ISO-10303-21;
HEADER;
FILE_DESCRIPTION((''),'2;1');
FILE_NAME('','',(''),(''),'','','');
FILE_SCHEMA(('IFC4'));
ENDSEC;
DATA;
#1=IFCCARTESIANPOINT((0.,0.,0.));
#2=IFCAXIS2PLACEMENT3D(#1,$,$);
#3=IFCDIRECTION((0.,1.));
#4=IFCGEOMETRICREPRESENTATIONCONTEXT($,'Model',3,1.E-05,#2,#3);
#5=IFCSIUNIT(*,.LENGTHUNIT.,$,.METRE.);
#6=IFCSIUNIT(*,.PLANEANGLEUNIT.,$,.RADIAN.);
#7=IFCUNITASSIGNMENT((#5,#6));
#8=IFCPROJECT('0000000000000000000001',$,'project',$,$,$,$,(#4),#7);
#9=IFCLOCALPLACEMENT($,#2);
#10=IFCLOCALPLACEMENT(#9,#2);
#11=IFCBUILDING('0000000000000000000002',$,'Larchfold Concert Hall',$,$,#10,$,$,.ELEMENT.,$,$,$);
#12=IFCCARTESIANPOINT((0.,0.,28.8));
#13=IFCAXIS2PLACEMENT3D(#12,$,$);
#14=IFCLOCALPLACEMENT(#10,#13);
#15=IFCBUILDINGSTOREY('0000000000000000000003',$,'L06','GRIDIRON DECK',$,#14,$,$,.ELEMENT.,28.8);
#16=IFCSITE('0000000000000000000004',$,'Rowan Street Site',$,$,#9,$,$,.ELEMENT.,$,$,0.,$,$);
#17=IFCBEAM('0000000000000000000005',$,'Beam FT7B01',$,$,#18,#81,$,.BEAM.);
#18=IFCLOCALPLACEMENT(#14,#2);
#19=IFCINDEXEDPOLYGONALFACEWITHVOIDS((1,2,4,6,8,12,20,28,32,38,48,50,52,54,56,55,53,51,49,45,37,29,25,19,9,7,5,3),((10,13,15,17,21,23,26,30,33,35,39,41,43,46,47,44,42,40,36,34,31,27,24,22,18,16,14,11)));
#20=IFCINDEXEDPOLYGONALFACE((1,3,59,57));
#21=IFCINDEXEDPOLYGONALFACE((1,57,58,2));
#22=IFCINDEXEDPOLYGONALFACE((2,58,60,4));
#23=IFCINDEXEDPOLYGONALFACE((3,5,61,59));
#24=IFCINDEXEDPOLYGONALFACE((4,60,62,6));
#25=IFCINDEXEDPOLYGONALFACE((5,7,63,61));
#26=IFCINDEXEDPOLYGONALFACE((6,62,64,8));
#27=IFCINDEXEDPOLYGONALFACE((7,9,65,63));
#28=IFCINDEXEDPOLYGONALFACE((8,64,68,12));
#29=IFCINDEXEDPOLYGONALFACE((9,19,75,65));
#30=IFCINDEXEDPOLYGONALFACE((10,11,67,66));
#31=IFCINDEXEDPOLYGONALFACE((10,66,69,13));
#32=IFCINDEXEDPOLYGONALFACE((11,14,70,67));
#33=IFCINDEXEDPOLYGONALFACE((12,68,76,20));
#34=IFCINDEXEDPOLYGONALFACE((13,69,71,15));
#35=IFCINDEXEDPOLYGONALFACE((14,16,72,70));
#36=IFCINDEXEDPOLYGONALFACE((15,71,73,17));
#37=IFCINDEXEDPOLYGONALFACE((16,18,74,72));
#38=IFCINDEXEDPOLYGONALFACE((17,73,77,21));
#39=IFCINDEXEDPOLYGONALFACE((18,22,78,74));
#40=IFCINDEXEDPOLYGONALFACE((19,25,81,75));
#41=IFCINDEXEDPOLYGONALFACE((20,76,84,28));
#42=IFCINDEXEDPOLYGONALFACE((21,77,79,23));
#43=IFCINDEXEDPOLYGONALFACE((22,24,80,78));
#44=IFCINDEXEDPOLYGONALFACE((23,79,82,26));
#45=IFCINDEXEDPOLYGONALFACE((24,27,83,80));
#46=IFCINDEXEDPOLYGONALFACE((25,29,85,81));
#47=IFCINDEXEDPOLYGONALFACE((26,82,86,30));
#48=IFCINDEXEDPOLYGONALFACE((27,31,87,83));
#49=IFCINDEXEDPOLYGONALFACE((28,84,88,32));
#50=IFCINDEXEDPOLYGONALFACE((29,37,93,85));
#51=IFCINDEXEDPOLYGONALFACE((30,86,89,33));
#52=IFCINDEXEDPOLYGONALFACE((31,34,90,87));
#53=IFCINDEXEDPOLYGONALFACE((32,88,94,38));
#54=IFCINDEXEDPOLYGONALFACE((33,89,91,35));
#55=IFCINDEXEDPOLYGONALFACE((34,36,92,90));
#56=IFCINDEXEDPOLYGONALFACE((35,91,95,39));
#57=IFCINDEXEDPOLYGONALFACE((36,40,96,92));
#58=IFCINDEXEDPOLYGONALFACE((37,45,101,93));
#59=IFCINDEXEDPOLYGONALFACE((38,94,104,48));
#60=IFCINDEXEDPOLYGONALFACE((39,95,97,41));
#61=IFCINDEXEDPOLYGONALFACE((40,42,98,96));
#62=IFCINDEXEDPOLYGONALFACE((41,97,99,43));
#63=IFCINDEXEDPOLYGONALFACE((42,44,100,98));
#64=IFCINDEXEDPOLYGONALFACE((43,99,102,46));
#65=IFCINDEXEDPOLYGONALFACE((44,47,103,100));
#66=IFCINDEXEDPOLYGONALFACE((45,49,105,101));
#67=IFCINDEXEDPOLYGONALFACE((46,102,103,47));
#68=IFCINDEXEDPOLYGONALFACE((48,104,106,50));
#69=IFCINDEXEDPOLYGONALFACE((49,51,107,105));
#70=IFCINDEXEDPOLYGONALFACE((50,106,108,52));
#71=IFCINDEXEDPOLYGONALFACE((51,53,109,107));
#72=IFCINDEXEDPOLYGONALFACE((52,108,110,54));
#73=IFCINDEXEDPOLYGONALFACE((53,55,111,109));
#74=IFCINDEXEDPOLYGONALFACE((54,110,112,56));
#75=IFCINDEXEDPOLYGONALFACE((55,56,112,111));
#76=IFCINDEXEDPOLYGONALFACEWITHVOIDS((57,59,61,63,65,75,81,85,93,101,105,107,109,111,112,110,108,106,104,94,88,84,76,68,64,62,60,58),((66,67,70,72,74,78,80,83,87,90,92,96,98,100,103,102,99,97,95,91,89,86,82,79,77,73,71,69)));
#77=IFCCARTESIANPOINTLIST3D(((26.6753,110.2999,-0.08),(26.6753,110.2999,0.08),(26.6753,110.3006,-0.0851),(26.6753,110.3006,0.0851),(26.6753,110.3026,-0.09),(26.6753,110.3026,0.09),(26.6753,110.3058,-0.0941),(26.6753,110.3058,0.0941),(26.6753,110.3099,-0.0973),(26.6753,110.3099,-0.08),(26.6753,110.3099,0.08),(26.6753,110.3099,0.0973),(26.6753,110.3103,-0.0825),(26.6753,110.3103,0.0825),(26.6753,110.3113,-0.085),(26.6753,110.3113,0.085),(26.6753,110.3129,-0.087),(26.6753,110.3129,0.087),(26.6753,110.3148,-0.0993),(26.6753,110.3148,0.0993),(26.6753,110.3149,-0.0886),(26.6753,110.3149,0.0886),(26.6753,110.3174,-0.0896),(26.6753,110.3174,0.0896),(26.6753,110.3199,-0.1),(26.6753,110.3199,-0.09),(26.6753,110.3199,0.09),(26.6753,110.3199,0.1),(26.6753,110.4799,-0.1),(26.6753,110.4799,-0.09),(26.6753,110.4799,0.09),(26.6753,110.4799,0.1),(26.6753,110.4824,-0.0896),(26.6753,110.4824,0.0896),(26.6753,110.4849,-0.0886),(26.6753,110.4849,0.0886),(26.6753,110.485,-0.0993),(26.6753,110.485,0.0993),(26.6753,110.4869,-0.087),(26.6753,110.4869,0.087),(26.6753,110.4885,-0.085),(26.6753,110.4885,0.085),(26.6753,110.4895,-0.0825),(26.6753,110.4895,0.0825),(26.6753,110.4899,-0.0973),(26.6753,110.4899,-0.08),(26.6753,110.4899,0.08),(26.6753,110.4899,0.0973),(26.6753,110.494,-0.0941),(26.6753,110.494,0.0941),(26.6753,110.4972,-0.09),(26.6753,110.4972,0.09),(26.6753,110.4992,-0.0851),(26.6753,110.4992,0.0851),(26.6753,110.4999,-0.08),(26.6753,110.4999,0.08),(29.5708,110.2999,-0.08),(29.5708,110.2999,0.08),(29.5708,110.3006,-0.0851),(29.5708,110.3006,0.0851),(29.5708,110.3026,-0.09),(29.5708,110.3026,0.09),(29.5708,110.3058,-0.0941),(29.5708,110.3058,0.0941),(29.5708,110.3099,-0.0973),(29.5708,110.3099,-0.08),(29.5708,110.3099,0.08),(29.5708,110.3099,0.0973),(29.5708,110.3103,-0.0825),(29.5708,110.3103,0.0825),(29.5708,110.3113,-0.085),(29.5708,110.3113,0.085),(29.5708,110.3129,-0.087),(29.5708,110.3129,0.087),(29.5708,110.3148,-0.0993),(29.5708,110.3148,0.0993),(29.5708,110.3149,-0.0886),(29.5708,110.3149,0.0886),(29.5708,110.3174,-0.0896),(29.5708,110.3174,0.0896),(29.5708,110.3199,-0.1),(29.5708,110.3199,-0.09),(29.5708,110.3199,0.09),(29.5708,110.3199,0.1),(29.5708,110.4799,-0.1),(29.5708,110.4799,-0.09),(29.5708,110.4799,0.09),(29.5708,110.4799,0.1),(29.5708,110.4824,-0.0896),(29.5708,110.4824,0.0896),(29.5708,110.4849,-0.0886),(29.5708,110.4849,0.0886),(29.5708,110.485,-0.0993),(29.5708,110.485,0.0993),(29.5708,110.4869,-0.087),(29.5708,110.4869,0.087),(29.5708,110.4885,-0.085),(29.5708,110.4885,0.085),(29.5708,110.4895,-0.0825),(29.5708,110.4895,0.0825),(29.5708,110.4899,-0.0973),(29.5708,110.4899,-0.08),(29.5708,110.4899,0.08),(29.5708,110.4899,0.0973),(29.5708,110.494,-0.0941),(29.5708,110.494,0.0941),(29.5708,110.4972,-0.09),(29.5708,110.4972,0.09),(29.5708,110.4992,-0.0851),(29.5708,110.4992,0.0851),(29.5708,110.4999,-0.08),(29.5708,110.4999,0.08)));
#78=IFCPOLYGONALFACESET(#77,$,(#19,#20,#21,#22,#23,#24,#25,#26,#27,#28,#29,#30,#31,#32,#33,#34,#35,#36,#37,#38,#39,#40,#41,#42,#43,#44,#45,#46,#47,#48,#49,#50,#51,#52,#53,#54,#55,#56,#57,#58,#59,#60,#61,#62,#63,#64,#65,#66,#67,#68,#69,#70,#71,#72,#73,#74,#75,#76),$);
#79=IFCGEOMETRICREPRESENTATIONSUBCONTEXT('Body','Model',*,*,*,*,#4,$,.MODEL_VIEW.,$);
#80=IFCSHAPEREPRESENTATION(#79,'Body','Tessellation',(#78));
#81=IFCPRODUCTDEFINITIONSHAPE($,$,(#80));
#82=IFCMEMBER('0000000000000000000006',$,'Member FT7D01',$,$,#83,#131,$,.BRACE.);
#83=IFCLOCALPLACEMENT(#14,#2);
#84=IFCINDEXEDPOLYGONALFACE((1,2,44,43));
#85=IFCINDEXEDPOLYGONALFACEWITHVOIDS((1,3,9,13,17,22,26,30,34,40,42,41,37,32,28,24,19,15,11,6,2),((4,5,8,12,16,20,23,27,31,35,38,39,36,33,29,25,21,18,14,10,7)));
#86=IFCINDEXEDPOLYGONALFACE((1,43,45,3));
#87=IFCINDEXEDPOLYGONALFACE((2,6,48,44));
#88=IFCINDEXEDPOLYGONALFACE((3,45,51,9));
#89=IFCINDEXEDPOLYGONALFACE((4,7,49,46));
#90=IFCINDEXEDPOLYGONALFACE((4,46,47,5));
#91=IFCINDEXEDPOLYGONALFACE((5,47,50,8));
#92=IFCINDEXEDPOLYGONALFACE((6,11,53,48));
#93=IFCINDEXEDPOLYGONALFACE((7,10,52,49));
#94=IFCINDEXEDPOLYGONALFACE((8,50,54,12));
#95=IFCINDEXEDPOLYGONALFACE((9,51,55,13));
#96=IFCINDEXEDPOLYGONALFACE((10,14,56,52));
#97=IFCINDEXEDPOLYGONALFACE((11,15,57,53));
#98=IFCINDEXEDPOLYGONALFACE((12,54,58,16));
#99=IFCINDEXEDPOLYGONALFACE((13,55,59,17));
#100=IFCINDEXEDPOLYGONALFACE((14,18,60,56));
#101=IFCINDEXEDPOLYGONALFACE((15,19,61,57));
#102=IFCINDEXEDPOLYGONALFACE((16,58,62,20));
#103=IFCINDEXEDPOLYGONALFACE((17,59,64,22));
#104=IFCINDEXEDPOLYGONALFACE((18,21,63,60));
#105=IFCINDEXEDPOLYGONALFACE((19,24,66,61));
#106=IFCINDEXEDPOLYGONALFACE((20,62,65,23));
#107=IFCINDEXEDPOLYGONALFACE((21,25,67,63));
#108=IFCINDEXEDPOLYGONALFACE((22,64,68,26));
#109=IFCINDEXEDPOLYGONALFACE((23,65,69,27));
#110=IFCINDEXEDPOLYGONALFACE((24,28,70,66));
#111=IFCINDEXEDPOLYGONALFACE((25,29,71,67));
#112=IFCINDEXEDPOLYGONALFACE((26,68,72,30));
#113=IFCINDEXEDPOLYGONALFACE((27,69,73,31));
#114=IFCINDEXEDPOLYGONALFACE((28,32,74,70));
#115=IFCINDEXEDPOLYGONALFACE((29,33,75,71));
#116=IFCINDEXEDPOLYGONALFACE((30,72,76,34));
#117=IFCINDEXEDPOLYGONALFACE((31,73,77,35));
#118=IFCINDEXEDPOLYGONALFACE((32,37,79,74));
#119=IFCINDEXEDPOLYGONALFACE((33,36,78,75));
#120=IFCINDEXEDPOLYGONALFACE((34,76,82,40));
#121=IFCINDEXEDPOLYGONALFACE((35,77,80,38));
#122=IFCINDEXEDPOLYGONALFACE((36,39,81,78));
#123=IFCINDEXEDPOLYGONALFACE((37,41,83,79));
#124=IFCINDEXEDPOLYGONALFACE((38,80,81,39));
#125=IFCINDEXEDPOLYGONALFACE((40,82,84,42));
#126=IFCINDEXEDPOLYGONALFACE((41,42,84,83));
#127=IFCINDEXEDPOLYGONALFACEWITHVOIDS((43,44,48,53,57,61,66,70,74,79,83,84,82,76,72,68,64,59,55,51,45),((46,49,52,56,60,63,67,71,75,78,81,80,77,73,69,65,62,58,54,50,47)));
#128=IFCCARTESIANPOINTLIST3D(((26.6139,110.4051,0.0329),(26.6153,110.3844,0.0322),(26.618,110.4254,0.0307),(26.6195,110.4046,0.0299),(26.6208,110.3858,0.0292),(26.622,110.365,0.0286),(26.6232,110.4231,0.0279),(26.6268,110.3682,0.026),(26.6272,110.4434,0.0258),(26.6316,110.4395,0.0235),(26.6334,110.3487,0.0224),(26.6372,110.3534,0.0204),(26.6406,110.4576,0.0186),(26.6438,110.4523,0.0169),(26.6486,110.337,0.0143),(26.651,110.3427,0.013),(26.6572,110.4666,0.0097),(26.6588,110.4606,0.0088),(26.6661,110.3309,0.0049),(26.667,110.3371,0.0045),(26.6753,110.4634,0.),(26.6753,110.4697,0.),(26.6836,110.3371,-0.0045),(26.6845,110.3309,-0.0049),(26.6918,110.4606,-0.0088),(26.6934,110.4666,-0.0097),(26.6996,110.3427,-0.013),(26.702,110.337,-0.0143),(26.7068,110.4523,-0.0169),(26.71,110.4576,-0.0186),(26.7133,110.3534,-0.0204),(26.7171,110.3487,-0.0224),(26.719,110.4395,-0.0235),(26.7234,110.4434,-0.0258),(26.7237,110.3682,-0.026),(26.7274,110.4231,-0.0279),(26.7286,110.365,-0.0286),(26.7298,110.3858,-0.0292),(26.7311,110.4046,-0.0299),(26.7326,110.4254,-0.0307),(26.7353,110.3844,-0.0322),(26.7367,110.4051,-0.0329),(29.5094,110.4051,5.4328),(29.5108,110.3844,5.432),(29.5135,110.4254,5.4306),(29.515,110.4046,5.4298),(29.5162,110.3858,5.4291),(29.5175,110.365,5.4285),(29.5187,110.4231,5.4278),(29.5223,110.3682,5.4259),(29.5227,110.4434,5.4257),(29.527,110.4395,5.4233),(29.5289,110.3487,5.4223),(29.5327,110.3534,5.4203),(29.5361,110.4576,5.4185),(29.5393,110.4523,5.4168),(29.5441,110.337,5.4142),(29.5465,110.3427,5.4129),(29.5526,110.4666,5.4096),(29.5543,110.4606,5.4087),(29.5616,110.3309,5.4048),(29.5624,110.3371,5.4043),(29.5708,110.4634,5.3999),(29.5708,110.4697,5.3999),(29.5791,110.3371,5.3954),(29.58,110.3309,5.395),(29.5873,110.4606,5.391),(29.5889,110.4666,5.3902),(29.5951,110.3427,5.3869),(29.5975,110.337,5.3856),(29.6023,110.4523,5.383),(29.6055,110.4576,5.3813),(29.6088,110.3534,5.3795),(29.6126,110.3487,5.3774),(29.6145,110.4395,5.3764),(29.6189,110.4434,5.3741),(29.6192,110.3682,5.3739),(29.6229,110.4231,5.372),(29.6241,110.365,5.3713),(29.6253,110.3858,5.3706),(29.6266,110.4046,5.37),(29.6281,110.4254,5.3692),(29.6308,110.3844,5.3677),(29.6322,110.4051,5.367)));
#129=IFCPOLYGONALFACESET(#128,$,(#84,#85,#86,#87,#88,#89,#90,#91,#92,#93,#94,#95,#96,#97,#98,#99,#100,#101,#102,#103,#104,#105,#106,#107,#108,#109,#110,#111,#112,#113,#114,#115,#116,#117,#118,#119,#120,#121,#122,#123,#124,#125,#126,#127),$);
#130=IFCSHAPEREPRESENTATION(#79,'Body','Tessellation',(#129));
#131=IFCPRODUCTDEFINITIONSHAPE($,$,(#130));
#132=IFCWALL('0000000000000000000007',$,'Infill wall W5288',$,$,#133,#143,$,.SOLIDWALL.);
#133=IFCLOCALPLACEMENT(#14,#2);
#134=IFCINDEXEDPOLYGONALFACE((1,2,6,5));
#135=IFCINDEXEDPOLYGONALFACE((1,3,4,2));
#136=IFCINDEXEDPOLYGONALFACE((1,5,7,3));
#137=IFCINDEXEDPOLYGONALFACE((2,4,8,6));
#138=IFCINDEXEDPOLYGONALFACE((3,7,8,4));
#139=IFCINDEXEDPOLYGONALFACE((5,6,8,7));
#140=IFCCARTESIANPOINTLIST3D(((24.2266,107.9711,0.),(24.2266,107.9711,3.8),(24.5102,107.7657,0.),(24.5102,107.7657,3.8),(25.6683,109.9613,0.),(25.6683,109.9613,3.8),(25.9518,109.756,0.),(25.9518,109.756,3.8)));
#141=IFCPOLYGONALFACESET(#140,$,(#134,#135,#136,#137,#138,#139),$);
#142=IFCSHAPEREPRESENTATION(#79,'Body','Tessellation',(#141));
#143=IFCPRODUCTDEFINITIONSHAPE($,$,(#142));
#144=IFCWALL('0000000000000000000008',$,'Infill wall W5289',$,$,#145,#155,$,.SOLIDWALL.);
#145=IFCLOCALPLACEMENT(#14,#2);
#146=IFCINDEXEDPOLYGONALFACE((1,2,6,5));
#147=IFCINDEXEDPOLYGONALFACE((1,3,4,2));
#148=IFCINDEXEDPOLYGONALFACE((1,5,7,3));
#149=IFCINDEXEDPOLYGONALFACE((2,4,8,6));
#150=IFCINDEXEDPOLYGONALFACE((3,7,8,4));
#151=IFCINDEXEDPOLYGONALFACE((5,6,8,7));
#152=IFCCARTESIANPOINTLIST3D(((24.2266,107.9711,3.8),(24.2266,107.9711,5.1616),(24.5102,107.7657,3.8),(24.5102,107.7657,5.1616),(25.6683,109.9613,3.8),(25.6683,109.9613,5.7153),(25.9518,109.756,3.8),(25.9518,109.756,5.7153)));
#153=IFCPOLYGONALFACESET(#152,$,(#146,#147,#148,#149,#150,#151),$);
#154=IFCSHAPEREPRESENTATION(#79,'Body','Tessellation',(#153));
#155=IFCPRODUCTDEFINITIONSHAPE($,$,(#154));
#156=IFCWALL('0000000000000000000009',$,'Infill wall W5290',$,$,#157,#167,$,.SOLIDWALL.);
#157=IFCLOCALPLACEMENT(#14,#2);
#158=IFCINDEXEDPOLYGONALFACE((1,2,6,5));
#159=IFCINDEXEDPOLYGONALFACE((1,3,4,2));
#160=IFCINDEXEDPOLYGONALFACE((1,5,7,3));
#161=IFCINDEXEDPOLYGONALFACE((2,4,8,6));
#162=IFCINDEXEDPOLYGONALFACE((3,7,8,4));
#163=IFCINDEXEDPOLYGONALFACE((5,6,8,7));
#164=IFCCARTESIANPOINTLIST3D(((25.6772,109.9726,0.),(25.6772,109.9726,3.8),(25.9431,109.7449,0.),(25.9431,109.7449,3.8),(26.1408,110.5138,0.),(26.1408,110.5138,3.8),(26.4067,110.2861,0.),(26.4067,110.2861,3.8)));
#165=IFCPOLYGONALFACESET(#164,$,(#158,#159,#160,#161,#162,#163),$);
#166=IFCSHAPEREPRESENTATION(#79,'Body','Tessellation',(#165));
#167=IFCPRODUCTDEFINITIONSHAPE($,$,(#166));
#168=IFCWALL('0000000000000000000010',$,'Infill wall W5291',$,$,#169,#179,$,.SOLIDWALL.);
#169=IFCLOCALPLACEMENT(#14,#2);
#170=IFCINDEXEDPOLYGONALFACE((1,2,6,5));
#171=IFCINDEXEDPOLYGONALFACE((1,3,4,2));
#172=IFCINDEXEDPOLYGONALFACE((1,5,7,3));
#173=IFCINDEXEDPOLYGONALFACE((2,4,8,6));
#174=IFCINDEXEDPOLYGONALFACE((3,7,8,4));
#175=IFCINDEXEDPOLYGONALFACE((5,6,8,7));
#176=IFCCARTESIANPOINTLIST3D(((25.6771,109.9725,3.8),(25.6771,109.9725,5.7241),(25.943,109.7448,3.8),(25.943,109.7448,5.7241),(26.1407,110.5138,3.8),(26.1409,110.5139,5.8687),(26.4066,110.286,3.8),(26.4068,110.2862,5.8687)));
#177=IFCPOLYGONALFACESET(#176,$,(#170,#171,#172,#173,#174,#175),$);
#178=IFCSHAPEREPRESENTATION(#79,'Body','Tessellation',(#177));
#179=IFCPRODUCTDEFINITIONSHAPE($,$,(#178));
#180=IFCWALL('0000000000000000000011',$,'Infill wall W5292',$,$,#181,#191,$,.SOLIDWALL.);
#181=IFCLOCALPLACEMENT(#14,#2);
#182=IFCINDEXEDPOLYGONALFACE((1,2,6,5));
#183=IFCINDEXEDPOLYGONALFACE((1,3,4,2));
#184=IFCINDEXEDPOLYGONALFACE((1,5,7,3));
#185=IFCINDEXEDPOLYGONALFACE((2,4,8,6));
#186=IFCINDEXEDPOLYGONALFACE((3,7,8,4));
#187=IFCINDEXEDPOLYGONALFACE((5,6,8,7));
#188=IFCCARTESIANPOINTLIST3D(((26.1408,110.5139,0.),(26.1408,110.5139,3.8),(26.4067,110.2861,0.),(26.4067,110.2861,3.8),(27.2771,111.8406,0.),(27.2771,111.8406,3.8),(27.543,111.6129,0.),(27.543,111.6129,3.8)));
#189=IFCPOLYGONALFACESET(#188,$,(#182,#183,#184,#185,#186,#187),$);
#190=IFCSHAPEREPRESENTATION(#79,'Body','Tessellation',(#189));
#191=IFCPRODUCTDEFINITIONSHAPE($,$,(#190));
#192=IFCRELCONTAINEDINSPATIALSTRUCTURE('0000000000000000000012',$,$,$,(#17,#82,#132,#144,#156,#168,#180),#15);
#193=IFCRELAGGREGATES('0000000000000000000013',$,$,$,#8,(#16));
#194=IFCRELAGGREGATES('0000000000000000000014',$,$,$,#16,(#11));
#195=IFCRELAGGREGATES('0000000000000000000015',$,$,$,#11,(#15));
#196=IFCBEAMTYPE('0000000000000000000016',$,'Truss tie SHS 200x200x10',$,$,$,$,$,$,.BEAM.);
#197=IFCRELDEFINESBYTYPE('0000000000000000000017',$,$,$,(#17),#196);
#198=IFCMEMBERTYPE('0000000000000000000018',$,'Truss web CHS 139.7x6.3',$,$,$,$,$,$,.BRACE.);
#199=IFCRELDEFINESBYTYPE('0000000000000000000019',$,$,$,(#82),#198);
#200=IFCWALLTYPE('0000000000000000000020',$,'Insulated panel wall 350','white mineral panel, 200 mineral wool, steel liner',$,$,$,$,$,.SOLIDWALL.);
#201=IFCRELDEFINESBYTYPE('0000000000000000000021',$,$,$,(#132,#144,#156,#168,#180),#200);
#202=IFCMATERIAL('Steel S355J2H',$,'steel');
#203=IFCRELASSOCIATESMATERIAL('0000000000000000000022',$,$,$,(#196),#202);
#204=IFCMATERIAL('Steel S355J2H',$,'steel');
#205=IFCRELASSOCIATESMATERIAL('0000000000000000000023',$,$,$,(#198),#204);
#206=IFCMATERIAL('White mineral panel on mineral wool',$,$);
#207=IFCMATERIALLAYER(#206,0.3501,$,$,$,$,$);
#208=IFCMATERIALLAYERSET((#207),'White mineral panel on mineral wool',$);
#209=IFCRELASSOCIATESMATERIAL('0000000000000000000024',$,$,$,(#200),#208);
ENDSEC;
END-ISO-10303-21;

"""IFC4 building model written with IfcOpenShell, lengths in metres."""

from ifc_helpers import new_model, si_unit, direction, frame, frame_2d, origin, origin_2d, place, context, subcontext, project, spatial, polyline, rectangle, hollow_rectangle, hollow_circle, outline, extrude, material, layer, layer_set, material_profile, profile_set, type_object, element, save


model = new_model("IFC4")

# Units and contexts
model_context = context("Model", 3, precision=1e-05, world=origin(), true_north=direction((0.0, 1.0)))
body_context = subcontext(model_context, "Body", "Model", "MODEL_VIEW")
ifc_project = project(units=[si_unit("LENGTHUNIT", "METRE"), si_unit("PLANEANGLEUNIT", "RADIAN")], contexts=[model_context])

# Site, building, storey
site_placement = place(None, origin())
site = spatial("IfcSite", under=ifc_project, at=site_placement, Name="Rowan Street Site", CompositionType="ELEMENT", RefElevation=0.0)
building_placement = place(site_placement, origin())
building = spatial("IfcBuilding", under=site, at=building_placement, Name="Larchfold Concert Hall", CompositionType="ELEMENT")
storey_placement = place(building_placement, frame((0.0, 0.0, 28.8)))
storey = spatial("IfcBuildingStorey", under=building, at=storey_placement, Name="L06", Description="GRIDIRON DECK", CompositionType="ELEMENT", Elevation=28.8)

# Beam
ifc_material_1 = material(Name="Steel S355J2H", Category="steel")
ifc_material_profile_1 = material_profile(ifc_material_1, hollow_rectangle(XDim=0.2, YDim=0.2, WallThickness=0.01, InnerFilletRadius=0.01, OuterFilletRadius=0.02, at=origin_2d()))
ifc_profile_set_1 = profile_set([ifc_material_profile_1], Name="Steel S355J2H")
beam_type_1 = type_object("IfcBeamType", Name="Truss tie SHS 200x200x10", PredefinedType="BEAM", material=ifc_profile_set_1)
beam_1_placement = place(storey_placement, frame((26.6753, 110.3999, 0.0), z_axis=(1.0, 0.0, 0.0), x_axis=(0.0, 1.0, 0.0)))
element("IfcBeam", 1, at=beam_1_placement, inside=storey, type_object=beam_type_1, Name="Beam FT7B01", PredefinedType="BEAM", context=body_context, shape_type="SweptSolid", body=[
    extrude(hollow_rectangle(XDim=0.2, YDim=0.2, WallThickness=0.01, InnerFilletRadius=0.01, OuterFilletRadius=0.02, at=origin_2d()), origin(), (0.0, 0.0, 1.0), 2.8955),
])

# Member
ifc_material_2 = material(Name="Steel S355J2H", Category="steel")
ifc_material_profile_2 = material_profile(ifc_material_2, hollow_circle(Radius=0.0698, WallThickness=0.0063, at=origin_2d()))
ifc_profile_set_2 = profile_set([ifc_material_profile_2], Name="Steel S355J2H")
member_type_1 = type_object("IfcMemberType", Name="Truss web CHS 139.7x6.3", PredefinedType="BRACE", material=ifc_profile_set_2)
member_1_placement = place(storey_placement, frame((26.6753, 110.3999, 0.0), z_axis=(0.472564, 0.0, 0.881296), x_axis=(0.0, 1.0, 0.0)))
element("IfcMember", 2, at=member_1_placement, inside=storey, type_object=member_type_1, Name="Member FT7D01", PredefinedType="BRACE", context=body_context, shape_type="SweptSolid", body=[
    extrude(hollow_circle(Radius=0.0698, WallThickness=0.0063, at=origin_2d()), origin(), (0.0, 0.0, 1.0), 6.1272),
])

# Walls
ifc_material_3 = material(Name="White mineral panel on mineral wool")
ifc_layer_1 = layer(ifc_material_3, 0.3501)
ifc_layer_set_1 = layer_set([ifc_layer_1], Name="White mineral panel on mineral wool")
wall_type = type_object("IfcWallType", Name="Insulated panel wall 350", Description="white mineral panel, 200 mineral wool, steel liner", PredefinedType="SOLIDWALL", material=ifc_layer_set_1)
wall_1_placement = place(storey_placement, frame((24.3684, 107.8684, 0.0), z_axis=(0.0, 0.0, 1.0), x_axis=(0.586629, 0.809856, 0.0)))
element("IfcWall", 3, at=wall_1_placement, inside=storey, type_object=wall_type, Name="Infill wall W5288", PredefinedType="SOLIDWALL", context=body_context, shape_type="SweptSolid", body=[
    extrude(rectangle(XDim=2.4575, YDim=0.3501, at=frame_2d((1.2288, 0.0))), origin(), (0.0, 0.0, 1.0), 3.8),
])
wall_2_placement = place(storey_placement, frame((24.3684, 107.8684, 3.8), z_axis=(0.0, 0.0, 1.0), x_axis=(0.586629, 0.809856, 0.0)))
element("IfcWall", 4, at=wall_2_placement, inside=storey, type_object=wall_type, Name="Infill wall W5289", PredefinedType="SOLIDWALL", context=body_context, shape_type="SweptSolid", body=[
    extrude(outline(polyline([(0.0, 0.0), (2.4575, 0.0), (2.4575, 1.9153), (0.0, 1.3616), (0.0, 0.0)])), frame((0.0, 0.175, 0.0), z_axis=(0.0, -1.0, 0.0), x_axis=(1.0, 0.0, 0.0)), (0.0, 0.0, 1.0), 0.3501),
])
wall_3_placement = place(storey_placement, frame((25.8101, 109.8586, 0.0), z_axis=(0.0, 0.0, 1.0), x_axis=(0.650537, 0.759474, 0.0)))
element("IfcWall", 5, at=wall_3_placement, inside=storey, type_object=wall_type, Name="Infill wall W5290", PredefinedType="SOLIDWALL", context=body_context, shape_type="SweptSolid", body=[
    extrude(rectangle(XDim=0.7126, YDim=0.3501, at=frame_2d((0.3564, 0.0))), origin(), (0.0, 0.0, 1.0), 3.8),
])
wall_4_placement = place(storey_placement, frame((25.8101, 109.8586, 3.8), z_axis=(0.0, 0.0, 1.0), x_axis=(0.650537, 0.759474, 0.0)))
element("IfcWall", 6, at=wall_4_placement, inside=storey, type_object=wall_type, Name="Infill wall W5291", PredefinedType="SOLIDWALL", context=body_context, shape_type="SweptSolid", body=[
    extrude(outline(polyline([(0.0, 0.0), (0.7126, 0.0), (0.7129, 2.0686), (0.0, 1.9241), (0.0, 0.0)])), frame((0.0, 0.175, 0.0), z_axis=(0.0, -1.0, 0.0), x_axis=(1.0, 0.0, 0.0)), (0.0, 0.0, 1.0), 0.3501),
])
wall_5_placement = place(storey_placement, frame((26.2737, 110.3999, 0.0), z_axis=(0.0, 0.0, 1.0), x_axis=(0.650492, 0.759513, 0.0)))
element("IfcWall", 7, at=wall_5_placement, inside=storey, type_object=wall_type, Name="Infill wall W5292", PredefinedType="SOLIDWALL", context=body_context, shape_type="SweptSolid", body=[
    extrude(rectangle(XDim=1.7468, YDim=0.3501, at=frame_2d((0.8735, 0.0))), origin(), (0.0, 0.0, 1.0), 3.8),
])

save(model, "model.ifc")
